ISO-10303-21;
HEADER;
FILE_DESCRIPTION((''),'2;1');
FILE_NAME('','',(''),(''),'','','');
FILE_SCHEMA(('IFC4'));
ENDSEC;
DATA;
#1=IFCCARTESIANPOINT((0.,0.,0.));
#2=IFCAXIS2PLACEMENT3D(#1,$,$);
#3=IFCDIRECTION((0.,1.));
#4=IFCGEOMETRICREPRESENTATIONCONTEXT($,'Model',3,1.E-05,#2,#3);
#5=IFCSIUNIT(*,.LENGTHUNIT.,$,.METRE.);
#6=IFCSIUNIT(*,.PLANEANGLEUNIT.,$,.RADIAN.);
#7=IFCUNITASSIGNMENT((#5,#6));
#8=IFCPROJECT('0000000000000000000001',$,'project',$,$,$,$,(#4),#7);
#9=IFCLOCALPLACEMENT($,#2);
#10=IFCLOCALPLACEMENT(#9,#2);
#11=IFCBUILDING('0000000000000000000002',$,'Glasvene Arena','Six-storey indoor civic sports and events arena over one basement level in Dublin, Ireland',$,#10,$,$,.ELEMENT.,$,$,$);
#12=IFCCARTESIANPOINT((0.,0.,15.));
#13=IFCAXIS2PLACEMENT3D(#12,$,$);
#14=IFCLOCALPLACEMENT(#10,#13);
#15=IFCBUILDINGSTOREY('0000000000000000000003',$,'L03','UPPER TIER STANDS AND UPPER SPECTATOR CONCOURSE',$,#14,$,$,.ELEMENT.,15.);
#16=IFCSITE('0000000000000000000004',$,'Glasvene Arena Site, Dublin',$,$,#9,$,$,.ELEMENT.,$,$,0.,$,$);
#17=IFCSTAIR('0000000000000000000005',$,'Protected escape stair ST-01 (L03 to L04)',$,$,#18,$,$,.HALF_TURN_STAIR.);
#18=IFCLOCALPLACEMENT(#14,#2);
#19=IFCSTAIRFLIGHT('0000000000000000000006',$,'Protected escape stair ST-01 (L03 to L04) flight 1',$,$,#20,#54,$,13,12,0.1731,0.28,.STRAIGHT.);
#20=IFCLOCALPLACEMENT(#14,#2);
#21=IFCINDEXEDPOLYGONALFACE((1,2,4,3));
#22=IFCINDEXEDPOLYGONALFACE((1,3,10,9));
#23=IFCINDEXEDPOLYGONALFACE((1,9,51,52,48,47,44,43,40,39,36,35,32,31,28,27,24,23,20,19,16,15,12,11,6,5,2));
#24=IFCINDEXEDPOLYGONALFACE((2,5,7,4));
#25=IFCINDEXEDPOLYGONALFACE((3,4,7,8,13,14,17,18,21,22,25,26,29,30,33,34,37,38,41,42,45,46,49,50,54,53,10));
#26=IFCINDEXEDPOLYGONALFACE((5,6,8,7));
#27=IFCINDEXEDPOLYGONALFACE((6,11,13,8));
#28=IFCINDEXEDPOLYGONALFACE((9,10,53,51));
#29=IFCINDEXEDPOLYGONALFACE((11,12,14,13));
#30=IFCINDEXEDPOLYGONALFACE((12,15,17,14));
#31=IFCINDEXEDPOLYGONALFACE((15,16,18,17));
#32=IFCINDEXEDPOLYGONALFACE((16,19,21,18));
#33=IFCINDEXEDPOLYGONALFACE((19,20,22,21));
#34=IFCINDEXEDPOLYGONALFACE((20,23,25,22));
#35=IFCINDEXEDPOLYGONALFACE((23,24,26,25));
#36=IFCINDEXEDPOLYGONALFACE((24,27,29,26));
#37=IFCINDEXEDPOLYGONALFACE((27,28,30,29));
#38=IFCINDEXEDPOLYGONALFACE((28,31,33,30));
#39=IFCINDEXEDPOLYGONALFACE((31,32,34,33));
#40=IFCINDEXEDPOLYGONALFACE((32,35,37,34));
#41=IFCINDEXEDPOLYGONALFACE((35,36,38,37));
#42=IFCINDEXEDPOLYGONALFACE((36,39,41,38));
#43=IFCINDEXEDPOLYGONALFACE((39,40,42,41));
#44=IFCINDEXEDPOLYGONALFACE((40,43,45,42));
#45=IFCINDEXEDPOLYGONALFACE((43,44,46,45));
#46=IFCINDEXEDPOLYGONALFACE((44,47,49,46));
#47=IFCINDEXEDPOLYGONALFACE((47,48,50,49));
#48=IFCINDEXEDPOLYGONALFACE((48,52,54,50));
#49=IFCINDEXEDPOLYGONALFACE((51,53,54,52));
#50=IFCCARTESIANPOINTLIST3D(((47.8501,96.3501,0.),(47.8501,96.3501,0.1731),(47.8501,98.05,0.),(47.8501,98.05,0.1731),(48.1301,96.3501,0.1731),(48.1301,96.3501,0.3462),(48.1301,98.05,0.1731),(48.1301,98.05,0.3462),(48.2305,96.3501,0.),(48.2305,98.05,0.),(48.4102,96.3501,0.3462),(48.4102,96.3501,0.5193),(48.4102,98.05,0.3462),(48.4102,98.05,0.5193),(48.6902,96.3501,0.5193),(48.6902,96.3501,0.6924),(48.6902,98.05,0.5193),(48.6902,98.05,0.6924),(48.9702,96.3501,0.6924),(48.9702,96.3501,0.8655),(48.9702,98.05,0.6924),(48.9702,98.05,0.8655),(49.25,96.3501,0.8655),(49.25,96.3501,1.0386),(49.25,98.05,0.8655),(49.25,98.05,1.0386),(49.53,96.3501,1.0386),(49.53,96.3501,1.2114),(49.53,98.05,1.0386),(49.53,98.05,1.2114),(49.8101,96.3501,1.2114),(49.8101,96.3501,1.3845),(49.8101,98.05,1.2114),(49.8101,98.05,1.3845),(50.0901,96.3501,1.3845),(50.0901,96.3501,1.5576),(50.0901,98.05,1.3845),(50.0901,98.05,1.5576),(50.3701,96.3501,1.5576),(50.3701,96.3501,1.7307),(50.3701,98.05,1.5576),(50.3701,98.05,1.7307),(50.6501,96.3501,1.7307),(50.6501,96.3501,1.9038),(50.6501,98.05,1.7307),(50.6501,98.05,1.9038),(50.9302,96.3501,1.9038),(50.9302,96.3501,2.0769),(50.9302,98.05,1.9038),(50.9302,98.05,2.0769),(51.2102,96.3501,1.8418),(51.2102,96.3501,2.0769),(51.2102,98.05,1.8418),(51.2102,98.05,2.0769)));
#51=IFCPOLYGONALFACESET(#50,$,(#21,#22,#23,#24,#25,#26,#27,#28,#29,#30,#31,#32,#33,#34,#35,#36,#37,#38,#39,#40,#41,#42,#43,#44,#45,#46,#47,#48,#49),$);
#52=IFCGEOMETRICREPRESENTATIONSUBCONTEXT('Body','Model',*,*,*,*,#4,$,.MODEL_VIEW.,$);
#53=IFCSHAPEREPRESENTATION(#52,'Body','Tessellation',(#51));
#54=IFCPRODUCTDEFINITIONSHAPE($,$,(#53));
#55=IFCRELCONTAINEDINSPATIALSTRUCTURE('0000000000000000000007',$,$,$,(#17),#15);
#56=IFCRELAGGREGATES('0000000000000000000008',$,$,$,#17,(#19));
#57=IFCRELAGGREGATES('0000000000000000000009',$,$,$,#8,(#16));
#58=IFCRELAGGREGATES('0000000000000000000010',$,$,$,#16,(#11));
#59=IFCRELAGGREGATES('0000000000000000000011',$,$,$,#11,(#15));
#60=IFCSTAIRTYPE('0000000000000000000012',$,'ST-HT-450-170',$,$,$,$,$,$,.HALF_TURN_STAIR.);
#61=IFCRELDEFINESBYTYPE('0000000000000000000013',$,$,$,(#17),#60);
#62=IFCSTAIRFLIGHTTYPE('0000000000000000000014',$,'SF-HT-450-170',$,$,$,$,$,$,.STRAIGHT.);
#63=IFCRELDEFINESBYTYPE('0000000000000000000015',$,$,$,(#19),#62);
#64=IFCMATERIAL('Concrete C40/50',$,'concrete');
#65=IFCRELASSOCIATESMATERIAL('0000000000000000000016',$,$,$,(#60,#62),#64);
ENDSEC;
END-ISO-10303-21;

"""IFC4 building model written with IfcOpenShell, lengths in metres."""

from ifc_helpers import new_model, si_unit, direction, frame, origin, place, context, subcontext, project, spatial, polyline, outline, extrude, material, type_object, element, aggregate, save


model = new_model("IFC4")

# Units and contexts
model_context = context("Model", 3, precision=1e-05, world=origin(), true_north=direction((0.0, 1.0)))
body_context = subcontext(model_context, "Body", "Model", "MODEL_VIEW")
ifc_project = project(units=[si_unit("LENGTHUNIT", "METRE"), si_unit("PLANEANGLEUNIT", "RADIAN")], contexts=[model_context])

# Site, building, storey
site_placement = place(None, origin())
site = spatial("IfcSite", under=ifc_project, at=site_placement, Name="Glasvene Arena Site, Dublin", CompositionType="ELEMENT", RefElevation=0.0)
building_placement = place(site_placement, origin())
building = spatial("IfcBuilding", under=site, at=building_placement, Name="Glasvene Arena", Description="Six-storey indoor civic sports and events arena over one basement level in Dublin, Ireland", CompositionType="ELEMENT")
storey_placement = place(building_placement, frame((0.0, 0.0, 15.0)))
storey = spatial("IfcBuildingStorey", under=building, at=storey_placement, Name="L03", Description="UPPER TIER STANDS AND UPPER SPECTATOR CONCOURSE", CompositionType="ELEMENT", Elevation=15.0)

# Shared definitions
ifc_material_1 = material(Name="Concrete C40/50", Category="concrete")

# Stair, stair flight
stair_type = type_object("IfcStairType", Name="ST-HT-450-170", PredefinedType="HALF_TURN_STAIR", material=ifc_material_1)
stair_placement = place(storey_placement, origin())
stair = element("IfcStair", 1, at=stair_placement, inside=storey, type_object=stair_type, Name="Protected escape stair ST-01 (L03 to L04)", PredefinedType="HALF_TURN_STAIR")
stair_flight_type = type_object("IfcStairFlightType", Name="SF-HT-450-170", PredefinedType="STRAIGHT", material=ifc_material_1)
stair_flight_placement = place(storey_placement, frame((47.8501, 97.2, 0.0), z_axis=(0.0, 0.0, 1.0), x_axis=(1.0, 0.0, 0.0)))
stair_flight = element("IfcStairFlight", 2, at=stair_flight_placement, type_object=stair_flight_type, Name="Protected escape stair ST-01 (L03 to L04) flight 1", NumberOfRisers=13, NumberOfTreads=12, PredefinedType="STRAIGHT", RiserHeight=0.1731, TreadLength=0.28, context=body_context, shape_type="SweptSolid", body=[
    extrude(outline(polyline([(0.0, 0.0), (0.0, 0.1731), (0.28, 0.1731), (0.28, 0.3462), (0.5601, 0.3462), (0.5601, 0.5193), (0.8401, 0.5193), (0.8401, 0.6924), (1.1201, 0.6924), (1.1201, 0.8655), (1.3999, 0.8655), (1.3999, 1.0386), (1.6799, 1.0386), (1.6799, 1.2114), (1.96, 1.2114), (1.96, 1.3845), (2.24, 1.3845), (2.24, 1.5576), (2.52, 1.5576), (2.52, 1.7307), (2.8, 1.7307), (2.8, 1.9038), (3.0801, 1.9038), (3.0801, 2.0769), (3.3601, 2.0769), (3.3601, 2.25), (3.3601, 1.8418), (0.3804, 0.0), (0.0, 0.0)])), frame((0.0, 0.8501, 0.0), z_axis=(0.0, -1.0, 0.0), x_axis=(1.0, 0.0, 0.0)), (0.0, 0.0, 1.0), 1.7),
])
aggregate(stair, [stair_flight])

save(model, "model.ifc")
